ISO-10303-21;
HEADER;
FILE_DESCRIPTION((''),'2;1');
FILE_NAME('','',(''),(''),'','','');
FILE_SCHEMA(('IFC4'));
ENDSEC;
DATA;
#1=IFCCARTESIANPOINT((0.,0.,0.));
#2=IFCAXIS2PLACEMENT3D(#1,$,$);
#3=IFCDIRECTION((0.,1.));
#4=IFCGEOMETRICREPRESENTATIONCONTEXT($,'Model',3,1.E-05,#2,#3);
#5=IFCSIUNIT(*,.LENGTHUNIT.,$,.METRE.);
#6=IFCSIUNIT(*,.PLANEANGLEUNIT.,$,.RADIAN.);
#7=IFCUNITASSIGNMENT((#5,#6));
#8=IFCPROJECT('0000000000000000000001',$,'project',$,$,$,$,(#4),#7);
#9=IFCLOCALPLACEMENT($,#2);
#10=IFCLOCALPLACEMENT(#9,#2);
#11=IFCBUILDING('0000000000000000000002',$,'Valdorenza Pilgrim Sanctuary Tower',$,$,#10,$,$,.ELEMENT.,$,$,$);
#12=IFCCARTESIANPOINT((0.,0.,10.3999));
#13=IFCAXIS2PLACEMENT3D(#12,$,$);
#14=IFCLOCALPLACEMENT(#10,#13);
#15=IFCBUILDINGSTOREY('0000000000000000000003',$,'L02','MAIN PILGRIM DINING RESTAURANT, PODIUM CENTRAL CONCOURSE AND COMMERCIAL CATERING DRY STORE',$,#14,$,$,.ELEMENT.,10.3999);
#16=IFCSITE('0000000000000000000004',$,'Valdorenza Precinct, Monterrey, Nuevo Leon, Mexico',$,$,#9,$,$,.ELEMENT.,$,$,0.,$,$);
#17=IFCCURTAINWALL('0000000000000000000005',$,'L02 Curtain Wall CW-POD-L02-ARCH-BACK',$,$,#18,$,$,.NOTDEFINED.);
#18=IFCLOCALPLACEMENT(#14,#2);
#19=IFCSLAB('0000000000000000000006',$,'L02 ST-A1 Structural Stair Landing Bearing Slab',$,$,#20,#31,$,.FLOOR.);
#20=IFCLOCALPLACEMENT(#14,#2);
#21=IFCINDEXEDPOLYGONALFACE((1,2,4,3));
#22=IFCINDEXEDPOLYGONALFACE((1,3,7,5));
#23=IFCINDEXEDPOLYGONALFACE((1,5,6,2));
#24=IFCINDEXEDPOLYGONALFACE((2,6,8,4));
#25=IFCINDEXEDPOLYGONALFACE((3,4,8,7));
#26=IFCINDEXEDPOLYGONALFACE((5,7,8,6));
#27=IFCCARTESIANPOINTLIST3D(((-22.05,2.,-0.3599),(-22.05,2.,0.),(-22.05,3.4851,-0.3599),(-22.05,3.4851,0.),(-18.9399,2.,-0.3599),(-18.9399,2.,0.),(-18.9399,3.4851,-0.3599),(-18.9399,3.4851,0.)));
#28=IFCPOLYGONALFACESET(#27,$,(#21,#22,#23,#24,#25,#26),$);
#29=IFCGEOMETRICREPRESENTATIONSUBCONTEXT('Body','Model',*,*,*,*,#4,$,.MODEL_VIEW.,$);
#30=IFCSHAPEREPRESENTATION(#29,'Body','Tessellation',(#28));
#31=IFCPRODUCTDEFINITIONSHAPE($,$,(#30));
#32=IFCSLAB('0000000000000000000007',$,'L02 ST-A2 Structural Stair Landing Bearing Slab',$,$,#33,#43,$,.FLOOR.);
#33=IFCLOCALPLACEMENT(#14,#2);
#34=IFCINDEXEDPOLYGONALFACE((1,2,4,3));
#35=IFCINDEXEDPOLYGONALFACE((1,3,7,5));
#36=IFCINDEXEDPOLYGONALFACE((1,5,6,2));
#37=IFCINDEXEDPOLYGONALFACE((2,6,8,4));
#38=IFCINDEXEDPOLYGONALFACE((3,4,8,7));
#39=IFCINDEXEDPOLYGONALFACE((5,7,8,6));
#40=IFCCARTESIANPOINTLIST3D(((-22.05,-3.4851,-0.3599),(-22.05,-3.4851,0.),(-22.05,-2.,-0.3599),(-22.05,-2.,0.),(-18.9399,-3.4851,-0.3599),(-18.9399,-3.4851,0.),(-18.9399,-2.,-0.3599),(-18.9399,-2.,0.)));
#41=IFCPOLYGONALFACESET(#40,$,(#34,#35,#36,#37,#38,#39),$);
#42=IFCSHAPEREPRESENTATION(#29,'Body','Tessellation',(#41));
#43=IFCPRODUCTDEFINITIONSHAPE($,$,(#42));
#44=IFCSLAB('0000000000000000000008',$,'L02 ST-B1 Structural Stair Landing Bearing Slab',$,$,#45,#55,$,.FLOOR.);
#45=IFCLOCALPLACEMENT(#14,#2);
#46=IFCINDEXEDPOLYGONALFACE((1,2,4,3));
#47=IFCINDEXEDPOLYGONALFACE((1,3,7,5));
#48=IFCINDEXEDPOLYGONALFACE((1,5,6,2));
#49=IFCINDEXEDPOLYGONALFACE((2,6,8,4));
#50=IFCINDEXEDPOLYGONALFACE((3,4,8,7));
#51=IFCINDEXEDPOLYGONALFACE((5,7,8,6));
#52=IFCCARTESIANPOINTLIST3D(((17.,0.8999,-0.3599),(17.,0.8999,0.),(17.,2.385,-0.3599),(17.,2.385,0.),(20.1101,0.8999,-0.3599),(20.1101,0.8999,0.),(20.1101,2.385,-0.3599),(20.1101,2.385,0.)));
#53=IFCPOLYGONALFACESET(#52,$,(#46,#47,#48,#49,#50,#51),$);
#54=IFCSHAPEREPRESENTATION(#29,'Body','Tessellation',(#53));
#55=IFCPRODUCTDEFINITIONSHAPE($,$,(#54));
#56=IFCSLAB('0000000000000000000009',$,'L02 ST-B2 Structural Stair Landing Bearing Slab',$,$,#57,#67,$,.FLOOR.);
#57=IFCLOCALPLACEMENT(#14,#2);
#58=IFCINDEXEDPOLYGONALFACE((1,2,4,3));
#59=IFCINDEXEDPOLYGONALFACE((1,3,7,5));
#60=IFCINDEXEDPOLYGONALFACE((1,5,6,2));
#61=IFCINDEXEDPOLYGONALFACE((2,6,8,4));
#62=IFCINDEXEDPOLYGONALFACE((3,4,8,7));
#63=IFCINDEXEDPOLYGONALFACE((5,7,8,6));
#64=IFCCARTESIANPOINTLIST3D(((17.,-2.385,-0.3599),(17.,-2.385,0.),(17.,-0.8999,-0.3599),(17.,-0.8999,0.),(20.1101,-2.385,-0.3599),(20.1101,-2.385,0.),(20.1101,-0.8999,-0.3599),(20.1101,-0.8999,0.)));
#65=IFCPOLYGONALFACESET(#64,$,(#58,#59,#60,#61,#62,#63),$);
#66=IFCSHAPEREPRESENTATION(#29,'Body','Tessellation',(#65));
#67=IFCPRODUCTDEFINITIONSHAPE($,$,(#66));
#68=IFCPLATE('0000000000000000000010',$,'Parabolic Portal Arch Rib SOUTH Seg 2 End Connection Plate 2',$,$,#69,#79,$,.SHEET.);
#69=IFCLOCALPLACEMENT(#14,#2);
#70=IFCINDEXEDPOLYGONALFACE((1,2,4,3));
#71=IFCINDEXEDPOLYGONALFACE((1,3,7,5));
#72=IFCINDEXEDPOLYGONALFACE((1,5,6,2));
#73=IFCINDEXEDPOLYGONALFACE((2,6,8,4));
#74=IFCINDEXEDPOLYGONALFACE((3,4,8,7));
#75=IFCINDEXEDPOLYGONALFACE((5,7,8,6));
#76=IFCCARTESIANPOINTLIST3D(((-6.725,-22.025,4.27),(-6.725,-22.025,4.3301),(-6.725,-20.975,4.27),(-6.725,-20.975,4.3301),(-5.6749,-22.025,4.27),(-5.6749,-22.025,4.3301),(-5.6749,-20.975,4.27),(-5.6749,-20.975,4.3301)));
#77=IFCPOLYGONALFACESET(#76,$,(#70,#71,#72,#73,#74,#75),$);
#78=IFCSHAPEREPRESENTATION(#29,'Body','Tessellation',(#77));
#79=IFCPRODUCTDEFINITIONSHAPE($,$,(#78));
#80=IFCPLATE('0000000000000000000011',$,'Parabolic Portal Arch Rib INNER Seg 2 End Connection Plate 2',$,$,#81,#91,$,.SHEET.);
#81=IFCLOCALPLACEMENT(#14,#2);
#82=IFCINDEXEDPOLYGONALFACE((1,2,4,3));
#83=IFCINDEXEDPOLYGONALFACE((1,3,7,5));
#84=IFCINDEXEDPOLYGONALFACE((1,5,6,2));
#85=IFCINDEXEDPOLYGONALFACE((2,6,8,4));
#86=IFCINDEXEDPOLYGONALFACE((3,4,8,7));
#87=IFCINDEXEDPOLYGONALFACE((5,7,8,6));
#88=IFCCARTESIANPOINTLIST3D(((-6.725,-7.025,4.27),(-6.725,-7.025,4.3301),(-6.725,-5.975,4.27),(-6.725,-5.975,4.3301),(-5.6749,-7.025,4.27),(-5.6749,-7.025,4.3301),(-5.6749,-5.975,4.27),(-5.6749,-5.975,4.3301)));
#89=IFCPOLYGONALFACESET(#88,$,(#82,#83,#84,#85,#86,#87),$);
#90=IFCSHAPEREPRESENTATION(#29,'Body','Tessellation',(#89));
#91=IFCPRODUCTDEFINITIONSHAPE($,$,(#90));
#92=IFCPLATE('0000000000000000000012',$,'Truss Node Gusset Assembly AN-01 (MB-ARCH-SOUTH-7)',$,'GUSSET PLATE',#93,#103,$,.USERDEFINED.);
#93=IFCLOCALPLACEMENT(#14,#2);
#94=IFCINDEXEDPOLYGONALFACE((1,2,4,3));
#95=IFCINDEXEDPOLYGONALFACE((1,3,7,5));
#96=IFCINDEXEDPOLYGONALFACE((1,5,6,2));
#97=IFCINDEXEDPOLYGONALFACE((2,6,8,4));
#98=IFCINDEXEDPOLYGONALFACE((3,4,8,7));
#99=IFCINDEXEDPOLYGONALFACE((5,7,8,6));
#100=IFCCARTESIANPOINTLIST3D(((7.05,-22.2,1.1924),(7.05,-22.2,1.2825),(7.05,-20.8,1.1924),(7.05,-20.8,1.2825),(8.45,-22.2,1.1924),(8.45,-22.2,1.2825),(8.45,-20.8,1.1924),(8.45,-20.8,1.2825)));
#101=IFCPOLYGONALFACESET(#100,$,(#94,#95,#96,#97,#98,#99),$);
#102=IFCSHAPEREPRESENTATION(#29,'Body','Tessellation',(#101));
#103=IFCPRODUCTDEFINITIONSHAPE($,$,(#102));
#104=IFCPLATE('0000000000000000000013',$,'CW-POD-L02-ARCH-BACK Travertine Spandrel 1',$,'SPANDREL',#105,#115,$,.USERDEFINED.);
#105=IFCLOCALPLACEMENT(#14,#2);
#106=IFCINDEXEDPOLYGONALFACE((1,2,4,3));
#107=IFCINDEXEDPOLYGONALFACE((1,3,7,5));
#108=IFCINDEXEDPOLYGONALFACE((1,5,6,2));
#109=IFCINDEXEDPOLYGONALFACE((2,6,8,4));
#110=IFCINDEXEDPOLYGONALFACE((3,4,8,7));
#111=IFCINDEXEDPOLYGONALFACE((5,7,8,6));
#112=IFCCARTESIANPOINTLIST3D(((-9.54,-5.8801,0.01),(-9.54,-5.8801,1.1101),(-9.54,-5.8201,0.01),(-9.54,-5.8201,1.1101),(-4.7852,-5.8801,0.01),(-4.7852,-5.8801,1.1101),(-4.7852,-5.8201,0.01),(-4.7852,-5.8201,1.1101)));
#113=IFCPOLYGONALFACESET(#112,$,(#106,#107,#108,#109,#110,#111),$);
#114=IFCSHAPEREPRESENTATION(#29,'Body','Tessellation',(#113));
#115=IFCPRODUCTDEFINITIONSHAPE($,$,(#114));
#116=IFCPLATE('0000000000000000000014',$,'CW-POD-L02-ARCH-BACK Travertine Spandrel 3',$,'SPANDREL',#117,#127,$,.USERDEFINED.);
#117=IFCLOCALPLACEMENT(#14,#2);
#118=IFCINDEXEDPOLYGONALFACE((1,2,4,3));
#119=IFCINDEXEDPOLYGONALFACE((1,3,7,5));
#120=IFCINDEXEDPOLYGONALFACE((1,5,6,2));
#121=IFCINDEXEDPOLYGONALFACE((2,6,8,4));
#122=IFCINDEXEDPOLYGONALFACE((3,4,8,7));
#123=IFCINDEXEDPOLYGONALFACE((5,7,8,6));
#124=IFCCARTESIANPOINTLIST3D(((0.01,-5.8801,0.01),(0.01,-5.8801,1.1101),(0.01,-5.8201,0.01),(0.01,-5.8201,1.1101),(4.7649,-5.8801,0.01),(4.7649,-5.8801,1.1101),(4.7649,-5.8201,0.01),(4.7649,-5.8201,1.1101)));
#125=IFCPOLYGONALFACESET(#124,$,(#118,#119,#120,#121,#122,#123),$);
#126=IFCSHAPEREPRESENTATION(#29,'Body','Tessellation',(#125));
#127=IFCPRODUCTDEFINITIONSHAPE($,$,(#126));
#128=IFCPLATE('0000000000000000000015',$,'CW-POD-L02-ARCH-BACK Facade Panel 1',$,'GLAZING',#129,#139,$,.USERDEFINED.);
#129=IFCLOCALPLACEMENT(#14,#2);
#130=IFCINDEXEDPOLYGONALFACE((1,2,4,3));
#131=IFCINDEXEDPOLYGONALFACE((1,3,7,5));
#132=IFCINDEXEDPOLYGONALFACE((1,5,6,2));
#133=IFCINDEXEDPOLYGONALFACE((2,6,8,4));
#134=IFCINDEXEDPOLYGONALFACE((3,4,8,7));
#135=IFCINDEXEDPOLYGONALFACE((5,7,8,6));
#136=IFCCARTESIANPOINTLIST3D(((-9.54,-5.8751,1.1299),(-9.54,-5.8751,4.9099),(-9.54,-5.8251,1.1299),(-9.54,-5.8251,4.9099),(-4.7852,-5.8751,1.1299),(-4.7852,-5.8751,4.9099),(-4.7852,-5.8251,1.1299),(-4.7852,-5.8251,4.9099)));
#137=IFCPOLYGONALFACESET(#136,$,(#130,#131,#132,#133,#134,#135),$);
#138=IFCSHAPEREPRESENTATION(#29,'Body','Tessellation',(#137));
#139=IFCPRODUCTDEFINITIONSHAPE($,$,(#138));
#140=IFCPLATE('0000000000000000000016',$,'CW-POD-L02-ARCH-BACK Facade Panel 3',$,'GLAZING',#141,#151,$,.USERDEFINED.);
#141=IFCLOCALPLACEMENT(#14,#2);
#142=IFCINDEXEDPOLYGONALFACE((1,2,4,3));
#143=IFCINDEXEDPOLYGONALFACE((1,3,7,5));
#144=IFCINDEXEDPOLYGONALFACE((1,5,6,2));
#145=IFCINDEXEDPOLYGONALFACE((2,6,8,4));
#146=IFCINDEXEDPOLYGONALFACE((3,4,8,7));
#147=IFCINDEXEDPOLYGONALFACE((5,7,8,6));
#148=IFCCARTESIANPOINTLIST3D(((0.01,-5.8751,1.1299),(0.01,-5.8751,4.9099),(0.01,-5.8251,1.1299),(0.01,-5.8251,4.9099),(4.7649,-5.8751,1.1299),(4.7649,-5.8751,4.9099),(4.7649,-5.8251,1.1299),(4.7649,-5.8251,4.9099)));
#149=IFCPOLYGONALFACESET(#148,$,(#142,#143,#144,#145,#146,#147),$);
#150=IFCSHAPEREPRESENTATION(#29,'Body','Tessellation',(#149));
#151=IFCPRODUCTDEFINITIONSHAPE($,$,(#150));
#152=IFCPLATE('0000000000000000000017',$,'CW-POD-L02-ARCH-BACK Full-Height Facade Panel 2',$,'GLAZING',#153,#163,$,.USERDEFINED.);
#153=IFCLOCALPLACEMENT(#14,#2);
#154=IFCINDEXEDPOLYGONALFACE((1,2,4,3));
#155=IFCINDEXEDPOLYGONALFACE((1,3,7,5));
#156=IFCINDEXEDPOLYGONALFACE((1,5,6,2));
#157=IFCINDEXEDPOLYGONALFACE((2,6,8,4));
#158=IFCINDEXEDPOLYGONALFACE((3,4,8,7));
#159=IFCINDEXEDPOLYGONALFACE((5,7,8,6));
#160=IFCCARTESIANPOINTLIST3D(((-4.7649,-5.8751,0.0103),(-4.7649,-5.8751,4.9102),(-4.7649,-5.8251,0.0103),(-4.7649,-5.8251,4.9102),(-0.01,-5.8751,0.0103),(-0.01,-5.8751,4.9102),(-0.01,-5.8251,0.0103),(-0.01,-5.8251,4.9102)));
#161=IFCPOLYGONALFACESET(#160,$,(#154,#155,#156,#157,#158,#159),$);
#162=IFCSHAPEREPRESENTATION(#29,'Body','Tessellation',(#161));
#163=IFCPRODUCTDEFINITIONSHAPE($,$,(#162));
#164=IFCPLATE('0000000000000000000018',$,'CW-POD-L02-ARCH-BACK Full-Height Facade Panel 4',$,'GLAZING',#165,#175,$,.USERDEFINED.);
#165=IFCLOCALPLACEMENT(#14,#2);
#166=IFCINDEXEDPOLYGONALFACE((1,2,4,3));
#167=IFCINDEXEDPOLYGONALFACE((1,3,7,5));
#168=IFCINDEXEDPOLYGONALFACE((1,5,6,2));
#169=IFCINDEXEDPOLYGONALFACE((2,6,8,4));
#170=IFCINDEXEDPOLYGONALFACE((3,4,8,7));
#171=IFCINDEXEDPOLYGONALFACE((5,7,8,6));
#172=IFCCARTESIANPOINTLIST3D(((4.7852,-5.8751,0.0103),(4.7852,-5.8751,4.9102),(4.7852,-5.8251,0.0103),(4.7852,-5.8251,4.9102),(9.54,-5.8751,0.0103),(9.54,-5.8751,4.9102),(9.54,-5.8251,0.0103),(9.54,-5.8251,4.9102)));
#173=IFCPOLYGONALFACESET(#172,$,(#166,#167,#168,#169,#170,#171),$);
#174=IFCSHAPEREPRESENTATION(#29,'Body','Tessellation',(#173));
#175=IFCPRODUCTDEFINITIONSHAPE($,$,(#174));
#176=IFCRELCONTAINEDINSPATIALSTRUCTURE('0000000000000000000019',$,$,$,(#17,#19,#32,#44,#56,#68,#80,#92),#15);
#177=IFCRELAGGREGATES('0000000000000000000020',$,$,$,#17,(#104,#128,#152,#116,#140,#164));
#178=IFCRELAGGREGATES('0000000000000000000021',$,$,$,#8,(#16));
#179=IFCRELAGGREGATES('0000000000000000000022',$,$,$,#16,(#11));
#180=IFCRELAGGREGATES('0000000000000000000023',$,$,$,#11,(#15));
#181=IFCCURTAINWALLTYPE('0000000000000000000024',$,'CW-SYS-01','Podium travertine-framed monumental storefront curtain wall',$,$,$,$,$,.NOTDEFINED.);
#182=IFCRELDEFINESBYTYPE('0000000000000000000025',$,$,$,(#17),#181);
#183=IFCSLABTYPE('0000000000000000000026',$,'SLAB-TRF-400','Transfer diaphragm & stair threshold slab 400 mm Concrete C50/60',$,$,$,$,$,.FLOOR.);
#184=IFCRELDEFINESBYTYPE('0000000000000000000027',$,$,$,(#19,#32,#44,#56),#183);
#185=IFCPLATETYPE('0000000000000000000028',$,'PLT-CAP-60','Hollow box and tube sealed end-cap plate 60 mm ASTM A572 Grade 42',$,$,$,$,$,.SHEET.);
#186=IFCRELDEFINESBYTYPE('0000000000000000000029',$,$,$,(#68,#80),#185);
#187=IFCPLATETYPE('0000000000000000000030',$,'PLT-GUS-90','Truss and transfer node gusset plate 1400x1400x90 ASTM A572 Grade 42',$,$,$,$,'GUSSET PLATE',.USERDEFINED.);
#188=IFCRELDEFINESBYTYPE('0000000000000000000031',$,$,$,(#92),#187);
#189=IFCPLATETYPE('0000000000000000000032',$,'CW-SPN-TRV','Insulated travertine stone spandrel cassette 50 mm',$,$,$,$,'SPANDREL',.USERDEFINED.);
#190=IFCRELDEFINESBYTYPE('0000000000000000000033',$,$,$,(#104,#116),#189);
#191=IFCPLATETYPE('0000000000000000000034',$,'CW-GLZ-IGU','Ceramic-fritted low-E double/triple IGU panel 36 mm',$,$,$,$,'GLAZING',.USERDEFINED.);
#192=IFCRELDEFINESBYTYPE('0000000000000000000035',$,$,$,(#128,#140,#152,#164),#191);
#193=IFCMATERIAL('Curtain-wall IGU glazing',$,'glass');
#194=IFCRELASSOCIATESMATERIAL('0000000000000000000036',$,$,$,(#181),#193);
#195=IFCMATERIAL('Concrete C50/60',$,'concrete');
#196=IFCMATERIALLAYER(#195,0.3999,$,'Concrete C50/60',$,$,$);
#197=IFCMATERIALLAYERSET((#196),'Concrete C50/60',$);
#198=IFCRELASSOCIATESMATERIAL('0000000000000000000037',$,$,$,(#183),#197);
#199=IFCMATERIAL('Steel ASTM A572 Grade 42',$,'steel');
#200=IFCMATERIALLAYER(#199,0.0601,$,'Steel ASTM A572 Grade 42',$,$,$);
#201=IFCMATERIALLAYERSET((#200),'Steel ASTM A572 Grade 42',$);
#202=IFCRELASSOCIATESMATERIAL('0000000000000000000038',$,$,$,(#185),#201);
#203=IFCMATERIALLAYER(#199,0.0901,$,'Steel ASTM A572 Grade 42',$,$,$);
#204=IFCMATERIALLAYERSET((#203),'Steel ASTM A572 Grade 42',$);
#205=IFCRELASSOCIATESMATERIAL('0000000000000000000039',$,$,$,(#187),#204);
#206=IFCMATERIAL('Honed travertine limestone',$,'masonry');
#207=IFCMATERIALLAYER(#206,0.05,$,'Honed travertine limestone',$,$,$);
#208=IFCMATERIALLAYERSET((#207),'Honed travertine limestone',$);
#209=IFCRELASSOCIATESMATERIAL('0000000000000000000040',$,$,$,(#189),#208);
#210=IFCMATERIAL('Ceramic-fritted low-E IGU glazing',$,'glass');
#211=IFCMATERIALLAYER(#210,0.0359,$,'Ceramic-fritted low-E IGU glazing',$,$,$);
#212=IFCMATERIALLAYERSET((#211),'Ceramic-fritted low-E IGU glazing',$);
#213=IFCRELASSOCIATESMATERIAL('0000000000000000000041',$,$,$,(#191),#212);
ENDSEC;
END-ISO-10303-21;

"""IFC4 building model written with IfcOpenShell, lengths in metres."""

from ifc_helpers import new_model, si_unit, direction, frame, origin, origin_2d, place, context, subcontext, project, spatial, polyline, rectangle, outline, extrude, source, transform, mapped, material, layer, layer_set, type_object, element, aggregate, save


model = new_model("IFC4")

# Units and contexts
model_context = context("Model", 3, precision=1e-05, world=origin(), true_north=direction((0.0, 1.0)))
body_context = subcontext(model_context, "Body", "Model", "MODEL_VIEW")
ifc_project = project(units=[si_unit("LENGTHUNIT", "METRE"), si_unit("PLANEANGLEUNIT", "RADIAN")], contexts=[model_context])

# Site, building, storey
site_placement = place(None, origin())
site = spatial("IfcSite", under=ifc_project, at=site_placement, Name="Valdorenza Precinct, Monterrey, Nuevo Leon, Mexico", CompositionType="ELEMENT", RefElevation=0.0)
building_placement = place(site_placement, origin())
building = spatial("IfcBuilding", under=site, at=building_placement, Name="Valdorenza Pilgrim Sanctuary Tower", CompositionType="ELEMENT")
storey_placement = place(building_placement, frame((0.0, 0.0, 10.3999)))
storey = spatial("IfcBuildingStorey", under=building, at=storey_placement, Name="L02", Description="MAIN PILGRIM DINING RESTAURANT, PODIUM CENTRAL CONCOURSE AND COMMERCIAL CATERING DRY STORE", CompositionType="ELEMENT", Elevation=10.3999)

# Shared definitions
ifc_material_1 = material(Name="Steel ASTM A572 Grade 42", Category="steel")

# Curtain wall
ifc_material_2 = material(Name="Curtain-wall IGU glazing", Category="glass")
curtain_wall_type = type_object("IfcCurtainWallType", Name="CW-SYS-01", Description="Podium travertine-framed monumental storefront curtain wall", PredefinedType="NOTDEFINED", material=ifc_material_2)
curtain_wall_placement = place(storey_placement, origin())
curtain_wall = element("IfcCurtainWall", 1, at=curtain_wall_placement, inside=storey, type_object=curtain_wall_type, Name="L02 Curtain Wall CW-POD-L02-ARCH-BACK", PredefinedType="NOTDEFINED")

# Slabs
ifc_material_3 = material(Name="Concrete C50/60", Category="concrete")
ifc_layer_1 = layer(ifc_material_3, 0.3999, Name="Concrete C50/60")
ifc_layer_set_1 = layer_set([ifc_layer_1], Name="Concrete C50/60")
slab_type_1 = type_object("IfcSlabType", Name="SLAB-TRF-400", Description="Transfer diaphragm & stair threshold slab 400 mm Concrete C50/60", PredefinedType="FLOOR", material=ifc_layer_set_1)
slab_1_placement = place(storey_placement, frame((0.0, 0.0, -0.3599)))
element("IfcSlab", 2, at=slab_1_placement, inside=storey, type_object=slab_type_1, Name="L02 ST-A1 Structural Stair Landing Bearing Slab", PredefinedType="FLOOR", context=body_context, shape_type="SweptSolid", body=[
    extrude(outline(polyline([(-22.05, 2.0), (-18.9399, 2.0), (-18.9399, 3.4851), (-22.05, 3.4851), (-22.05, 2.0)])), origin(), (0.0, 0.0, 1.0), 0.3599),
])
slab_2_placement = place(storey_placement, frame((0.0, 0.0, -0.3599)))
element("IfcSlab", 3, at=slab_2_placement, inside=storey, type_object=slab_type_1, Name="L02 ST-A2 Structural Stair Landing Bearing Slab", PredefinedType="FLOOR", context=body_context, shape_type="SweptSolid", body=[
    extrude(outline(polyline([(-22.05, -3.4851), (-18.9399, -3.4851), (-18.9399, -2.0), (-22.05, -2.0), (-22.05, -3.4851)])), origin(), (0.0, 0.0, 1.0), 0.3599),
])
slab_3_placement = place(storey_placement, frame((0.0, 0.0, -0.3599)))
element("IfcSlab", 4, at=slab_3_placement, inside=storey, type_object=slab_type_1, Name="L02 ST-B1 Structural Stair Landing Bearing Slab", PredefinedType="FLOOR", context=body_context, shape_type="SweptSolid", body=[
    extrude(outline(polyline([(17.0, 0.8999), (20.1101, 0.8999), (20.1101, 2.385), (17.0, 2.385), (17.0, 0.8999)])), origin(), (0.0, 0.0, 1.0), 0.3599),
])
slab_4_placement = place(storey_placement, frame((0.0, 0.0, -0.3599)))
element("IfcSlab", 5, at=slab_4_placement, inside=storey, type_object=slab_type_1, Name="L02 ST-B2 Structural Stair Landing Bearing Slab", PredefinedType="FLOOR", context=body_context, shape_type="SweptSolid", body=[
    extrude(outline(polyline([(17.0, -2.385), (20.1101, -2.385), (20.1101, -0.8999), (17.0, -0.8999), (17.0, -2.385)])), origin(), (0.0, 0.0, 1.0), 0.3599),
])

# Plates
ifc_layer_2 = layer(ifc_material_1, 0.0601, Name="Steel ASTM A572 Grade 42")
ifc_layer_set_2 = layer_set([ifc_layer_2], Name="Steel ASTM A572 Grade 42")
plate_type_1 = type_object("IfcPlateType", Name="PLT-CAP-60", Description="Hollow box and tube sealed end-cap plate 60 mm ASTM A572 Grade 42", PredefinedType="SHEET", material=ifc_layer_set_2)
shared_shape_1 = source(origin(), body_context, "Body", "SweptSolid", [
    extrude(rectangle(XDim=1.05, YDim=1.05, at=origin_2d()), origin(), (0.0, 0.0, 1.0), 0.0601),
])
for number, where, z_axis, x_axis, name in (
    (6, (-6.2, -21.5, 4.27), (0.0, 0.0, 1.0), (1.0, 0.0, 0.0), "Parabolic Portal Arch Rib SOUTH Seg 2 End Connection Plate 2"),
    (7, (-6.2, -6.5, 4.27), (0.0, 0.0, 1.0), (1.0, 0.0, 0.0), "Parabolic Portal Arch Rib INNER Seg 2 End Connection Plate 2"),
):
    element("IfcPlate", number, at=place(storey_placement, frame(where, z_axis=z_axis, x_axis=x_axis)), inside=storey, type_object=plate_type_1, Name=name, PredefinedType="SHEET", context=body_context, shape_type="MappedRepresentation", body=[
        mapped(shared_shape_1, transform((0.0, 0.0, 0.0), x_axis=(1.0, 0.0, 0.0), y_axis=(0.0, 1.0, 0.0), z_axis=(0.0, 0.0, 1.0), scale=1.0)),
    ])
ifc_layer_3 = layer(ifc_material_1, 0.0901, Name="Steel ASTM A572 Grade 42")
ifc_layer_set_3 = layer_set([ifc_layer_3], Name="Steel ASTM A572 Grade 42")
plate_type_2 = type_object("IfcPlateType", Name="PLT-GUS-90", Description="Truss and transfer node gusset plate 1400x1400x90 ASTM A572 Grade 42", ElementType="GUSSET PLATE", PredefinedType="USERDEFINED", material=ifc_layer_set_3)
shared_shape_2 = source(origin(), body_context, "Body", "SweptSolid", [
    extrude(rectangle(XDim=1.3999, YDim=1.3999, at=origin_2d()), origin(), (0.0, 0.0, 1.0), 0.0901),
])
plate_1_placement = place(storey_placement, frame((7.75, -21.5, 1.1924), z_axis=(0.0, 0.0, 1.0), x_axis=(1.0, 0.0, 0.0)))
element("IfcPlate", 8, at=plate_1_placement, inside=storey, type_object=plate_type_2, Name="Truss Node Gusset Assembly AN-01 (MB-ARCH-SOUTH-7)", ObjectType="GUSSET PLATE", PredefinedType="USERDEFINED", context=body_context, shape_type="MappedRepresentation", body=[
    mapped(shared_shape_2, transform((0.0, 0.0, 0.0), x_axis=(1.0, 0.0, 0.0), y_axis=(0.0, 1.0, 0.0), z_axis=(0.0, 0.0, 1.0), scale=1.0)),
])

# Plates
ifc_material_4 = material(Name="Honed travertine limestone", Category="masonry")
ifc_layer_4 = layer(ifc_material_4, 0.05, Name="Honed travertine limestone")
ifc_layer_set_4 = layer_set([ifc_layer_4], Name="Honed travertine limestone")
plate_type_3 = type_object("IfcPlateType", Name="CW-SPN-TRV", Description="Insulated travertine stone spandrel cassette 50 mm", ElementType="SPANDREL", PredefinedType="USERDEFINED", material=ifc_layer_set_4)
shared_shape_3 = source(origin(), body_context, "Body", "SweptSolid", [
    extrude(rectangle(XDim=4.7549, YDim=0.0601, at=origin_2d()), origin(), (0.0, 0.0, 1.0), 1.1001),
])
plate_2_placement = place(storey_placement, frame((-7.1626, -5.8501, 0.01), z_axis=(0.0, 0.0, 1.0), x_axis=(1.0, 0.0, 0.0)))
plate_2 = element("IfcPlate", 9, at=plate_2_placement, type_object=plate_type_3, Name="CW-POD-L02-ARCH-BACK Travertine Spandrel 1", ObjectType="SPANDREL", PredefinedType="USERDEFINED", context=body_context, shape_type="MappedRepresentation", body=[
    mapped(shared_shape_3, transform((0.0, 0.0, 0.0), x_axis=(1.0, 0.0, 0.0), y_axis=(0.0, 1.0, 0.0), z_axis=(0.0, 0.0, 1.0), scale=1.0)),
])
plate_3_placement = place(storey_placement, frame((2.3875, -5.8501, 0.01), z_axis=(0.0, 0.0, 1.0), x_axis=(1.0, 0.0, 0.0)))
plate_3 = element("IfcPlate", 10, at=plate_3_placement, type_object=plate_type_3, Name="CW-POD-L02-ARCH-BACK Travertine Spandrel 3", ObjectType="SPANDREL", PredefinedType="USERDEFINED", context=body_context, shape_type="MappedRepresentation", body=[
    mapped(shared_shape_3, transform((0.0, 0.0, 0.0), x_axis=(1.0, 0.0, 0.0), y_axis=(0.0, 1.0, 0.0), z_axis=(0.0, 0.0, 1.0), scale=1.0)),
])
ifc_material_5 = material(Name="Ceramic-fritted low-E IGU glazing", Category="glass")
ifc_layer_5 = layer(ifc_material_5, 0.0359, Name="Ceramic-fritted low-E IGU glazing")
ifc_layer_set_5 = layer_set([ifc_layer_5], Name="Ceramic-fritted low-E IGU glazing")
plate_type_4 = type_object("IfcPlateType", Name="CW-GLZ-IGU", Description="Ceramic-fritted low-E double/triple IGU panel 36 mm", ElementType="GLAZING", PredefinedType="USERDEFINED", material=ifc_layer_set_5)
shared_shape_4 = source(origin(), body_context, "Body", "SweptSolid", [
    extrude(rectangle(XDim=4.7549, YDim=0.05, at=origin_2d()), origin(), (0.0, 0.0, 1.0), 3.78),
])
plate_4_placement = place(storey_placement, frame((-7.1626, -5.8501, 1.1299), z_axis=(0.0, 0.0, 1.0), x_axis=(1.0, 0.0, 0.0)))
plate_4 = element("IfcPlate", 11, at=plate_4_placement, type_object=plate_type_4, Name="CW-POD-L02-ARCH-BACK Facade Panel 1", ObjectType="GLAZING", PredefinedType="USERDEFINED", context=body_context, shape_type="MappedRepresentation", body=[
    mapped(shared_shape_4, transform((0.0, 0.0, 0.0), x_axis=(1.0, 0.0, 0.0), y_axis=(0.0, 1.0, 0.0), z_axis=(0.0, 0.0, 1.0), scale=1.0)),
])
plate_5_placement = place(storey_placement, frame((2.3875, -5.8501, 1.1299), z_axis=(0.0, 0.0, 1.0), x_axis=(1.0, 0.0, 0.0)))
plate_5 = element("IfcPlate", 12, at=plate_5_placement, type_object=plate_type_4, Name="CW-POD-L02-ARCH-BACK Facade Panel 3", ObjectType="GLAZING", PredefinedType="USERDEFINED", context=body_context, shape_type="MappedRepresentation", body=[
    mapped(shared_shape_4, transform((0.0, 0.0, 0.0), x_axis=(1.0, 0.0, 0.0), y_axis=(0.0, 1.0, 0.0), z_axis=(0.0, 0.0, 1.0), scale=1.0)),
])
shared_shape_5 = source(origin(), body_context, "Body", "SweptSolid", [
    extrude(rectangle(XDim=4.7549, YDim=0.05, at=origin_2d()), origin(), (0.0, 0.0, 1.0), 4.8999),
])
plate_6_placement = place(storey_placement, frame((-2.3875, -5.8501, 0.0103), z_axis=(0.0, 0.0, 1.0), x_axis=(1.0, 0.0, 0.0)))
plate_6 = element("IfcPlate", 13, at=plate_6_placement, type_object=plate_type_4, Name="CW-POD-L02-ARCH-BACK Full-Height Facade Panel 2", ObjectType="GLAZING", PredefinedType="USERDEFINED", context=body_context, shape_type="MappedRepresentation", body=[
    mapped(shared_shape_5, transform((0.0, 0.0, 0.0), x_axis=(1.0, 0.0, 0.0), y_axis=(0.0, 1.0, 0.0), z_axis=(0.0, 0.0, 1.0), scale=1.0)),
])
plate_7_placement = place(storey_placement, frame((7.1626, -5.8501, 0.0103), z_axis=(0.0, 0.0, 1.0), x_axis=(1.0, 0.0, 0.0)))
plate_7 = element("IfcPlate", 14, at=plate_7_placement, type_object=plate_type_4, Name="CW-POD-L02-ARCH-BACK Full-Height Facade Panel 4", ObjectType="GLAZING", PredefinedType="USERDEFINED", context=body_context, shape_type="MappedRepresentation", body=[
    mapped(shared_shape_5, transform((0.0, 0.0, 0.0), x_axis=(1.0, 0.0, 0.0), y_axis=(0.0, 1.0, 0.0), z_axis=(0.0, 0.0, 1.0), scale=1.0)),
])
aggregate(curtain_wall, [plate_2, plate_4, plate_6, plate_3, plate_5, plate_7])

save(model, "model.ifc")
